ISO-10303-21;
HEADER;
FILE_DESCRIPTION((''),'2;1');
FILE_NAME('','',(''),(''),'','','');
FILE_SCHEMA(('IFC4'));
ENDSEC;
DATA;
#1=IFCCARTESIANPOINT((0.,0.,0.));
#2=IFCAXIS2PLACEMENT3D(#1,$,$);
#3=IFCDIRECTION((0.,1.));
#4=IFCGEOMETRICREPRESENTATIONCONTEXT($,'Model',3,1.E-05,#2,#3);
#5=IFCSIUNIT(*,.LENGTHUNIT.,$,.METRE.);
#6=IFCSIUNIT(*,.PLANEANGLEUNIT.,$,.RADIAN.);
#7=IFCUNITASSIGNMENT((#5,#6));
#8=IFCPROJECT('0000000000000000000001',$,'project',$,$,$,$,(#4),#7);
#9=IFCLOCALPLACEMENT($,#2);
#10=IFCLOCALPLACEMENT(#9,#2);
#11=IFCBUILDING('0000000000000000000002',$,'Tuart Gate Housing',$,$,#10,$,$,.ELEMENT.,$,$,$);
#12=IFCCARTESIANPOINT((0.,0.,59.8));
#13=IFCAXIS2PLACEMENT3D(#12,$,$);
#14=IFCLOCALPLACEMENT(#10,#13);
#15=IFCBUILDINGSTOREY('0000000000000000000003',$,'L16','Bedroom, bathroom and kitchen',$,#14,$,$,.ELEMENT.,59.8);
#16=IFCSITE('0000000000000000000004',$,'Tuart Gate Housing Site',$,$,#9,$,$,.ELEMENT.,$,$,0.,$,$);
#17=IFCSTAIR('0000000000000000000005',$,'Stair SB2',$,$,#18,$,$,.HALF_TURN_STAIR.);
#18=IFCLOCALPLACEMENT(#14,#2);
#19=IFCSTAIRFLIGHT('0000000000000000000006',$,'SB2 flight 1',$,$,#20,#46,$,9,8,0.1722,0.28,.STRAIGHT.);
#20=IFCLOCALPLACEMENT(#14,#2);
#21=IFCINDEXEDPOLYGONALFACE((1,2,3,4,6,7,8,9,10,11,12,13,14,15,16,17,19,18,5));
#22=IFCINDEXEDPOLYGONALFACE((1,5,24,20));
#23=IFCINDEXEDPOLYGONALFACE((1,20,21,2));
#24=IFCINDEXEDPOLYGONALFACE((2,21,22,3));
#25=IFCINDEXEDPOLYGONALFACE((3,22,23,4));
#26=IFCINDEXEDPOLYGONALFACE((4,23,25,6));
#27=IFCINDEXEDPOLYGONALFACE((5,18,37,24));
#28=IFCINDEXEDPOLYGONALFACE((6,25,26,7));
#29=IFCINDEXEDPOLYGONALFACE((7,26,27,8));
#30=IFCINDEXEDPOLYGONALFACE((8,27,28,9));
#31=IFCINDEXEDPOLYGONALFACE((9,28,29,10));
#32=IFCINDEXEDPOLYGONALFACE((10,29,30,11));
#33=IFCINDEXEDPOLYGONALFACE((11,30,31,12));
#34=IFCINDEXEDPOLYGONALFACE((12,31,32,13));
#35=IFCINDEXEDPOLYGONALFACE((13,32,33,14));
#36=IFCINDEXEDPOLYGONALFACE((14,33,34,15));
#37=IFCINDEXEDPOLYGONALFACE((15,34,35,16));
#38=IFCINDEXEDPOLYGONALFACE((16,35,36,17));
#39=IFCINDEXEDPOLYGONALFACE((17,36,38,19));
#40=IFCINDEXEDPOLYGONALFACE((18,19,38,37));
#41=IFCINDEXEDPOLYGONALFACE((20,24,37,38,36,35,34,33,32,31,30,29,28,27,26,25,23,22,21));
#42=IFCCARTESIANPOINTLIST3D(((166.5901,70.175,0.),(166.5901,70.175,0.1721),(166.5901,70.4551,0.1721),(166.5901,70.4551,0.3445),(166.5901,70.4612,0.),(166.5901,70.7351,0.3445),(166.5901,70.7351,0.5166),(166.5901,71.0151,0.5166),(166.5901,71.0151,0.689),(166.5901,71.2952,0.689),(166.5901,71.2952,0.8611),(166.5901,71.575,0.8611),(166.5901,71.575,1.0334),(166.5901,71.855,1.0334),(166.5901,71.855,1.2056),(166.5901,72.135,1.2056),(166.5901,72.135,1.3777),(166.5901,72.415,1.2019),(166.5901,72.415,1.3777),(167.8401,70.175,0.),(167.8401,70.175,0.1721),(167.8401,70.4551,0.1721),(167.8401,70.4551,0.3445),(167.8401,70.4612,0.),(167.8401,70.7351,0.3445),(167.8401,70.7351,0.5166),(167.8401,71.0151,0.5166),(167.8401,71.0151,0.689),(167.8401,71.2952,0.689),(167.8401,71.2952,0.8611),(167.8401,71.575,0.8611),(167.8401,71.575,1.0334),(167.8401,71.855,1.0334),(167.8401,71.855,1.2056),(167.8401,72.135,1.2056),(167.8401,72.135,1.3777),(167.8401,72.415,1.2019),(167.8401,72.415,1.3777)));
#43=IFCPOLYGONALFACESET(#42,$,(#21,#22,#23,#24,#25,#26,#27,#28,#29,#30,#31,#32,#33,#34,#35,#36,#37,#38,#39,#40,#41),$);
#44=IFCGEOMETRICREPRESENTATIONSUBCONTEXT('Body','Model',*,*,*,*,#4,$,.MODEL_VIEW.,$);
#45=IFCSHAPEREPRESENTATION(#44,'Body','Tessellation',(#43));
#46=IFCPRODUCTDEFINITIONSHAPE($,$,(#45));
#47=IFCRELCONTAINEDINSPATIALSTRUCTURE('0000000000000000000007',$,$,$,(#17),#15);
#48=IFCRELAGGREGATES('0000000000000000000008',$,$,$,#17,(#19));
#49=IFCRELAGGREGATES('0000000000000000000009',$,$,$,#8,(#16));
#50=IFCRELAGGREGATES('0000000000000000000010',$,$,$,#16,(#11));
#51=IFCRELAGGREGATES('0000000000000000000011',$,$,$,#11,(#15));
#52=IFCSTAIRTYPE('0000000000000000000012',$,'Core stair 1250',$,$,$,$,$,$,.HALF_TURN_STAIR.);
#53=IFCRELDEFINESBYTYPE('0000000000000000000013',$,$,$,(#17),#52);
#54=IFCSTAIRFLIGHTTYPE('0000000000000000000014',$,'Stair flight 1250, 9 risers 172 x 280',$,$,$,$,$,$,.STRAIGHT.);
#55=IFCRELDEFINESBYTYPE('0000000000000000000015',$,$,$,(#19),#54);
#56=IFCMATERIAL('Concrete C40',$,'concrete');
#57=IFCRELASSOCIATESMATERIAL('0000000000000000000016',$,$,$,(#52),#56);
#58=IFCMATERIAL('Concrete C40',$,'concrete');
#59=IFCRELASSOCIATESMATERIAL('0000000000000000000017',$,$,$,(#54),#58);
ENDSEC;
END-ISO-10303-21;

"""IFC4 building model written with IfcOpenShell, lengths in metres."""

from ifc_helpers import new_model, si_unit, direction, frame, origin, place, context, subcontext, project, spatial, polyline, outline, extrude, material, type_object, element, aggregate, save


model = new_model("IFC4")

# Units and contexts
model_context = context("Model", 3, precision=1e-05, world=origin(), true_north=direction((0.0, 1.0)))
body_context = subcontext(model_context, "Body", "Model", "MODEL_VIEW")
ifc_project = project(units=[si_unit("LENGTHUNIT", "METRE"), si_unit("PLANEANGLEUNIT", "RADIAN")], contexts=[model_context])

# Site, building, storey
site_placement = place(None, origin())
site = spatial("IfcSite", under=ifc_project, at=site_placement, Name="Tuart Gate Housing Site", CompositionType="ELEMENT", RefElevation=0.0)
building_placement = place(site_placement, origin())
building = spatial("IfcBuilding", under=site, at=building_placement, Name="Tuart Gate Housing", CompositionType="ELEMENT")
storey_placement = place(building_placement, frame((0.0, 0.0, 59.8)))
storey = spatial("IfcBuildingStorey", under=building, at=storey_placement, Name="L16", Description="Bedroom, bathroom and kitchen", CompositionType="ELEMENT", Elevation=59.8)

# Stair, stair flight
ifc_material_1 = material(Name="Concrete C40", Category="concrete")
stair_type = type_object("IfcStairType", Name="Core stair 1250", PredefinedType="HALF_TURN_STAIR", material=ifc_material_1)
stair_placement = place(storey_placement, origin())
stair = element("IfcStair", 1, at=stair_placement, inside=storey, type_object=stair_type, Name="Stair SB2", PredefinedType="HALF_TURN_STAIR")
ifc_material_2 = material(Name="Concrete C40", Category="concrete")
stair_flight_type = type_object("IfcStairFlightType", Name="Stair flight 1250, 9 risers 172 x 280", PredefinedType="STRAIGHT", material=ifc_material_2)
stair_flight_placement = place(storey_placement, frame((167.2151, 70.175, 0.0), z_axis=(0.0, 0.0, 1.0), x_axis=(0.0, 1.0, 0.0)))
stair_flight = element("IfcStairFlight", 2, at=stair_flight_placement, type_object=stair_flight_type, Name="SB2 flight 1", NumberOfRisers=9, NumberOfTreads=8, PredefinedType="STRAIGHT", RiserHeight=0.1722, TreadLength=0.28, context=body_context, shape_type="SweptSolid", body=[
    extrude(outline(polyline([(0.0, 0.0), (0.0, 0.1721), (0.28, 0.1721), (0.28, 0.3445), (0.5601, 0.3445), (0.5601, 0.5166), (0.8401, 0.5166), (0.8401, 0.689), (1.1201, 0.689), (1.1201, 0.8611), (1.3999, 0.8611), (1.3999, 1.0334), (1.6799, 1.0334), (1.6799, 1.2056), (1.96, 1.2056), (1.96, 1.3777), (2.24, 1.3777), (2.24, 1.55), (2.24, 1.2019), (0.2861, 0.0), (0.0, 0.0)])), frame((0.0, 0.625, 0.0), z_axis=(0.0, -1.0, 0.0), x_axis=(1.0, 0.0, 0.0)), (0.0, 0.0, 1.0), 1.25),
])
aggregate(stair, [stair_flight])

save(model, "model.ifc")
